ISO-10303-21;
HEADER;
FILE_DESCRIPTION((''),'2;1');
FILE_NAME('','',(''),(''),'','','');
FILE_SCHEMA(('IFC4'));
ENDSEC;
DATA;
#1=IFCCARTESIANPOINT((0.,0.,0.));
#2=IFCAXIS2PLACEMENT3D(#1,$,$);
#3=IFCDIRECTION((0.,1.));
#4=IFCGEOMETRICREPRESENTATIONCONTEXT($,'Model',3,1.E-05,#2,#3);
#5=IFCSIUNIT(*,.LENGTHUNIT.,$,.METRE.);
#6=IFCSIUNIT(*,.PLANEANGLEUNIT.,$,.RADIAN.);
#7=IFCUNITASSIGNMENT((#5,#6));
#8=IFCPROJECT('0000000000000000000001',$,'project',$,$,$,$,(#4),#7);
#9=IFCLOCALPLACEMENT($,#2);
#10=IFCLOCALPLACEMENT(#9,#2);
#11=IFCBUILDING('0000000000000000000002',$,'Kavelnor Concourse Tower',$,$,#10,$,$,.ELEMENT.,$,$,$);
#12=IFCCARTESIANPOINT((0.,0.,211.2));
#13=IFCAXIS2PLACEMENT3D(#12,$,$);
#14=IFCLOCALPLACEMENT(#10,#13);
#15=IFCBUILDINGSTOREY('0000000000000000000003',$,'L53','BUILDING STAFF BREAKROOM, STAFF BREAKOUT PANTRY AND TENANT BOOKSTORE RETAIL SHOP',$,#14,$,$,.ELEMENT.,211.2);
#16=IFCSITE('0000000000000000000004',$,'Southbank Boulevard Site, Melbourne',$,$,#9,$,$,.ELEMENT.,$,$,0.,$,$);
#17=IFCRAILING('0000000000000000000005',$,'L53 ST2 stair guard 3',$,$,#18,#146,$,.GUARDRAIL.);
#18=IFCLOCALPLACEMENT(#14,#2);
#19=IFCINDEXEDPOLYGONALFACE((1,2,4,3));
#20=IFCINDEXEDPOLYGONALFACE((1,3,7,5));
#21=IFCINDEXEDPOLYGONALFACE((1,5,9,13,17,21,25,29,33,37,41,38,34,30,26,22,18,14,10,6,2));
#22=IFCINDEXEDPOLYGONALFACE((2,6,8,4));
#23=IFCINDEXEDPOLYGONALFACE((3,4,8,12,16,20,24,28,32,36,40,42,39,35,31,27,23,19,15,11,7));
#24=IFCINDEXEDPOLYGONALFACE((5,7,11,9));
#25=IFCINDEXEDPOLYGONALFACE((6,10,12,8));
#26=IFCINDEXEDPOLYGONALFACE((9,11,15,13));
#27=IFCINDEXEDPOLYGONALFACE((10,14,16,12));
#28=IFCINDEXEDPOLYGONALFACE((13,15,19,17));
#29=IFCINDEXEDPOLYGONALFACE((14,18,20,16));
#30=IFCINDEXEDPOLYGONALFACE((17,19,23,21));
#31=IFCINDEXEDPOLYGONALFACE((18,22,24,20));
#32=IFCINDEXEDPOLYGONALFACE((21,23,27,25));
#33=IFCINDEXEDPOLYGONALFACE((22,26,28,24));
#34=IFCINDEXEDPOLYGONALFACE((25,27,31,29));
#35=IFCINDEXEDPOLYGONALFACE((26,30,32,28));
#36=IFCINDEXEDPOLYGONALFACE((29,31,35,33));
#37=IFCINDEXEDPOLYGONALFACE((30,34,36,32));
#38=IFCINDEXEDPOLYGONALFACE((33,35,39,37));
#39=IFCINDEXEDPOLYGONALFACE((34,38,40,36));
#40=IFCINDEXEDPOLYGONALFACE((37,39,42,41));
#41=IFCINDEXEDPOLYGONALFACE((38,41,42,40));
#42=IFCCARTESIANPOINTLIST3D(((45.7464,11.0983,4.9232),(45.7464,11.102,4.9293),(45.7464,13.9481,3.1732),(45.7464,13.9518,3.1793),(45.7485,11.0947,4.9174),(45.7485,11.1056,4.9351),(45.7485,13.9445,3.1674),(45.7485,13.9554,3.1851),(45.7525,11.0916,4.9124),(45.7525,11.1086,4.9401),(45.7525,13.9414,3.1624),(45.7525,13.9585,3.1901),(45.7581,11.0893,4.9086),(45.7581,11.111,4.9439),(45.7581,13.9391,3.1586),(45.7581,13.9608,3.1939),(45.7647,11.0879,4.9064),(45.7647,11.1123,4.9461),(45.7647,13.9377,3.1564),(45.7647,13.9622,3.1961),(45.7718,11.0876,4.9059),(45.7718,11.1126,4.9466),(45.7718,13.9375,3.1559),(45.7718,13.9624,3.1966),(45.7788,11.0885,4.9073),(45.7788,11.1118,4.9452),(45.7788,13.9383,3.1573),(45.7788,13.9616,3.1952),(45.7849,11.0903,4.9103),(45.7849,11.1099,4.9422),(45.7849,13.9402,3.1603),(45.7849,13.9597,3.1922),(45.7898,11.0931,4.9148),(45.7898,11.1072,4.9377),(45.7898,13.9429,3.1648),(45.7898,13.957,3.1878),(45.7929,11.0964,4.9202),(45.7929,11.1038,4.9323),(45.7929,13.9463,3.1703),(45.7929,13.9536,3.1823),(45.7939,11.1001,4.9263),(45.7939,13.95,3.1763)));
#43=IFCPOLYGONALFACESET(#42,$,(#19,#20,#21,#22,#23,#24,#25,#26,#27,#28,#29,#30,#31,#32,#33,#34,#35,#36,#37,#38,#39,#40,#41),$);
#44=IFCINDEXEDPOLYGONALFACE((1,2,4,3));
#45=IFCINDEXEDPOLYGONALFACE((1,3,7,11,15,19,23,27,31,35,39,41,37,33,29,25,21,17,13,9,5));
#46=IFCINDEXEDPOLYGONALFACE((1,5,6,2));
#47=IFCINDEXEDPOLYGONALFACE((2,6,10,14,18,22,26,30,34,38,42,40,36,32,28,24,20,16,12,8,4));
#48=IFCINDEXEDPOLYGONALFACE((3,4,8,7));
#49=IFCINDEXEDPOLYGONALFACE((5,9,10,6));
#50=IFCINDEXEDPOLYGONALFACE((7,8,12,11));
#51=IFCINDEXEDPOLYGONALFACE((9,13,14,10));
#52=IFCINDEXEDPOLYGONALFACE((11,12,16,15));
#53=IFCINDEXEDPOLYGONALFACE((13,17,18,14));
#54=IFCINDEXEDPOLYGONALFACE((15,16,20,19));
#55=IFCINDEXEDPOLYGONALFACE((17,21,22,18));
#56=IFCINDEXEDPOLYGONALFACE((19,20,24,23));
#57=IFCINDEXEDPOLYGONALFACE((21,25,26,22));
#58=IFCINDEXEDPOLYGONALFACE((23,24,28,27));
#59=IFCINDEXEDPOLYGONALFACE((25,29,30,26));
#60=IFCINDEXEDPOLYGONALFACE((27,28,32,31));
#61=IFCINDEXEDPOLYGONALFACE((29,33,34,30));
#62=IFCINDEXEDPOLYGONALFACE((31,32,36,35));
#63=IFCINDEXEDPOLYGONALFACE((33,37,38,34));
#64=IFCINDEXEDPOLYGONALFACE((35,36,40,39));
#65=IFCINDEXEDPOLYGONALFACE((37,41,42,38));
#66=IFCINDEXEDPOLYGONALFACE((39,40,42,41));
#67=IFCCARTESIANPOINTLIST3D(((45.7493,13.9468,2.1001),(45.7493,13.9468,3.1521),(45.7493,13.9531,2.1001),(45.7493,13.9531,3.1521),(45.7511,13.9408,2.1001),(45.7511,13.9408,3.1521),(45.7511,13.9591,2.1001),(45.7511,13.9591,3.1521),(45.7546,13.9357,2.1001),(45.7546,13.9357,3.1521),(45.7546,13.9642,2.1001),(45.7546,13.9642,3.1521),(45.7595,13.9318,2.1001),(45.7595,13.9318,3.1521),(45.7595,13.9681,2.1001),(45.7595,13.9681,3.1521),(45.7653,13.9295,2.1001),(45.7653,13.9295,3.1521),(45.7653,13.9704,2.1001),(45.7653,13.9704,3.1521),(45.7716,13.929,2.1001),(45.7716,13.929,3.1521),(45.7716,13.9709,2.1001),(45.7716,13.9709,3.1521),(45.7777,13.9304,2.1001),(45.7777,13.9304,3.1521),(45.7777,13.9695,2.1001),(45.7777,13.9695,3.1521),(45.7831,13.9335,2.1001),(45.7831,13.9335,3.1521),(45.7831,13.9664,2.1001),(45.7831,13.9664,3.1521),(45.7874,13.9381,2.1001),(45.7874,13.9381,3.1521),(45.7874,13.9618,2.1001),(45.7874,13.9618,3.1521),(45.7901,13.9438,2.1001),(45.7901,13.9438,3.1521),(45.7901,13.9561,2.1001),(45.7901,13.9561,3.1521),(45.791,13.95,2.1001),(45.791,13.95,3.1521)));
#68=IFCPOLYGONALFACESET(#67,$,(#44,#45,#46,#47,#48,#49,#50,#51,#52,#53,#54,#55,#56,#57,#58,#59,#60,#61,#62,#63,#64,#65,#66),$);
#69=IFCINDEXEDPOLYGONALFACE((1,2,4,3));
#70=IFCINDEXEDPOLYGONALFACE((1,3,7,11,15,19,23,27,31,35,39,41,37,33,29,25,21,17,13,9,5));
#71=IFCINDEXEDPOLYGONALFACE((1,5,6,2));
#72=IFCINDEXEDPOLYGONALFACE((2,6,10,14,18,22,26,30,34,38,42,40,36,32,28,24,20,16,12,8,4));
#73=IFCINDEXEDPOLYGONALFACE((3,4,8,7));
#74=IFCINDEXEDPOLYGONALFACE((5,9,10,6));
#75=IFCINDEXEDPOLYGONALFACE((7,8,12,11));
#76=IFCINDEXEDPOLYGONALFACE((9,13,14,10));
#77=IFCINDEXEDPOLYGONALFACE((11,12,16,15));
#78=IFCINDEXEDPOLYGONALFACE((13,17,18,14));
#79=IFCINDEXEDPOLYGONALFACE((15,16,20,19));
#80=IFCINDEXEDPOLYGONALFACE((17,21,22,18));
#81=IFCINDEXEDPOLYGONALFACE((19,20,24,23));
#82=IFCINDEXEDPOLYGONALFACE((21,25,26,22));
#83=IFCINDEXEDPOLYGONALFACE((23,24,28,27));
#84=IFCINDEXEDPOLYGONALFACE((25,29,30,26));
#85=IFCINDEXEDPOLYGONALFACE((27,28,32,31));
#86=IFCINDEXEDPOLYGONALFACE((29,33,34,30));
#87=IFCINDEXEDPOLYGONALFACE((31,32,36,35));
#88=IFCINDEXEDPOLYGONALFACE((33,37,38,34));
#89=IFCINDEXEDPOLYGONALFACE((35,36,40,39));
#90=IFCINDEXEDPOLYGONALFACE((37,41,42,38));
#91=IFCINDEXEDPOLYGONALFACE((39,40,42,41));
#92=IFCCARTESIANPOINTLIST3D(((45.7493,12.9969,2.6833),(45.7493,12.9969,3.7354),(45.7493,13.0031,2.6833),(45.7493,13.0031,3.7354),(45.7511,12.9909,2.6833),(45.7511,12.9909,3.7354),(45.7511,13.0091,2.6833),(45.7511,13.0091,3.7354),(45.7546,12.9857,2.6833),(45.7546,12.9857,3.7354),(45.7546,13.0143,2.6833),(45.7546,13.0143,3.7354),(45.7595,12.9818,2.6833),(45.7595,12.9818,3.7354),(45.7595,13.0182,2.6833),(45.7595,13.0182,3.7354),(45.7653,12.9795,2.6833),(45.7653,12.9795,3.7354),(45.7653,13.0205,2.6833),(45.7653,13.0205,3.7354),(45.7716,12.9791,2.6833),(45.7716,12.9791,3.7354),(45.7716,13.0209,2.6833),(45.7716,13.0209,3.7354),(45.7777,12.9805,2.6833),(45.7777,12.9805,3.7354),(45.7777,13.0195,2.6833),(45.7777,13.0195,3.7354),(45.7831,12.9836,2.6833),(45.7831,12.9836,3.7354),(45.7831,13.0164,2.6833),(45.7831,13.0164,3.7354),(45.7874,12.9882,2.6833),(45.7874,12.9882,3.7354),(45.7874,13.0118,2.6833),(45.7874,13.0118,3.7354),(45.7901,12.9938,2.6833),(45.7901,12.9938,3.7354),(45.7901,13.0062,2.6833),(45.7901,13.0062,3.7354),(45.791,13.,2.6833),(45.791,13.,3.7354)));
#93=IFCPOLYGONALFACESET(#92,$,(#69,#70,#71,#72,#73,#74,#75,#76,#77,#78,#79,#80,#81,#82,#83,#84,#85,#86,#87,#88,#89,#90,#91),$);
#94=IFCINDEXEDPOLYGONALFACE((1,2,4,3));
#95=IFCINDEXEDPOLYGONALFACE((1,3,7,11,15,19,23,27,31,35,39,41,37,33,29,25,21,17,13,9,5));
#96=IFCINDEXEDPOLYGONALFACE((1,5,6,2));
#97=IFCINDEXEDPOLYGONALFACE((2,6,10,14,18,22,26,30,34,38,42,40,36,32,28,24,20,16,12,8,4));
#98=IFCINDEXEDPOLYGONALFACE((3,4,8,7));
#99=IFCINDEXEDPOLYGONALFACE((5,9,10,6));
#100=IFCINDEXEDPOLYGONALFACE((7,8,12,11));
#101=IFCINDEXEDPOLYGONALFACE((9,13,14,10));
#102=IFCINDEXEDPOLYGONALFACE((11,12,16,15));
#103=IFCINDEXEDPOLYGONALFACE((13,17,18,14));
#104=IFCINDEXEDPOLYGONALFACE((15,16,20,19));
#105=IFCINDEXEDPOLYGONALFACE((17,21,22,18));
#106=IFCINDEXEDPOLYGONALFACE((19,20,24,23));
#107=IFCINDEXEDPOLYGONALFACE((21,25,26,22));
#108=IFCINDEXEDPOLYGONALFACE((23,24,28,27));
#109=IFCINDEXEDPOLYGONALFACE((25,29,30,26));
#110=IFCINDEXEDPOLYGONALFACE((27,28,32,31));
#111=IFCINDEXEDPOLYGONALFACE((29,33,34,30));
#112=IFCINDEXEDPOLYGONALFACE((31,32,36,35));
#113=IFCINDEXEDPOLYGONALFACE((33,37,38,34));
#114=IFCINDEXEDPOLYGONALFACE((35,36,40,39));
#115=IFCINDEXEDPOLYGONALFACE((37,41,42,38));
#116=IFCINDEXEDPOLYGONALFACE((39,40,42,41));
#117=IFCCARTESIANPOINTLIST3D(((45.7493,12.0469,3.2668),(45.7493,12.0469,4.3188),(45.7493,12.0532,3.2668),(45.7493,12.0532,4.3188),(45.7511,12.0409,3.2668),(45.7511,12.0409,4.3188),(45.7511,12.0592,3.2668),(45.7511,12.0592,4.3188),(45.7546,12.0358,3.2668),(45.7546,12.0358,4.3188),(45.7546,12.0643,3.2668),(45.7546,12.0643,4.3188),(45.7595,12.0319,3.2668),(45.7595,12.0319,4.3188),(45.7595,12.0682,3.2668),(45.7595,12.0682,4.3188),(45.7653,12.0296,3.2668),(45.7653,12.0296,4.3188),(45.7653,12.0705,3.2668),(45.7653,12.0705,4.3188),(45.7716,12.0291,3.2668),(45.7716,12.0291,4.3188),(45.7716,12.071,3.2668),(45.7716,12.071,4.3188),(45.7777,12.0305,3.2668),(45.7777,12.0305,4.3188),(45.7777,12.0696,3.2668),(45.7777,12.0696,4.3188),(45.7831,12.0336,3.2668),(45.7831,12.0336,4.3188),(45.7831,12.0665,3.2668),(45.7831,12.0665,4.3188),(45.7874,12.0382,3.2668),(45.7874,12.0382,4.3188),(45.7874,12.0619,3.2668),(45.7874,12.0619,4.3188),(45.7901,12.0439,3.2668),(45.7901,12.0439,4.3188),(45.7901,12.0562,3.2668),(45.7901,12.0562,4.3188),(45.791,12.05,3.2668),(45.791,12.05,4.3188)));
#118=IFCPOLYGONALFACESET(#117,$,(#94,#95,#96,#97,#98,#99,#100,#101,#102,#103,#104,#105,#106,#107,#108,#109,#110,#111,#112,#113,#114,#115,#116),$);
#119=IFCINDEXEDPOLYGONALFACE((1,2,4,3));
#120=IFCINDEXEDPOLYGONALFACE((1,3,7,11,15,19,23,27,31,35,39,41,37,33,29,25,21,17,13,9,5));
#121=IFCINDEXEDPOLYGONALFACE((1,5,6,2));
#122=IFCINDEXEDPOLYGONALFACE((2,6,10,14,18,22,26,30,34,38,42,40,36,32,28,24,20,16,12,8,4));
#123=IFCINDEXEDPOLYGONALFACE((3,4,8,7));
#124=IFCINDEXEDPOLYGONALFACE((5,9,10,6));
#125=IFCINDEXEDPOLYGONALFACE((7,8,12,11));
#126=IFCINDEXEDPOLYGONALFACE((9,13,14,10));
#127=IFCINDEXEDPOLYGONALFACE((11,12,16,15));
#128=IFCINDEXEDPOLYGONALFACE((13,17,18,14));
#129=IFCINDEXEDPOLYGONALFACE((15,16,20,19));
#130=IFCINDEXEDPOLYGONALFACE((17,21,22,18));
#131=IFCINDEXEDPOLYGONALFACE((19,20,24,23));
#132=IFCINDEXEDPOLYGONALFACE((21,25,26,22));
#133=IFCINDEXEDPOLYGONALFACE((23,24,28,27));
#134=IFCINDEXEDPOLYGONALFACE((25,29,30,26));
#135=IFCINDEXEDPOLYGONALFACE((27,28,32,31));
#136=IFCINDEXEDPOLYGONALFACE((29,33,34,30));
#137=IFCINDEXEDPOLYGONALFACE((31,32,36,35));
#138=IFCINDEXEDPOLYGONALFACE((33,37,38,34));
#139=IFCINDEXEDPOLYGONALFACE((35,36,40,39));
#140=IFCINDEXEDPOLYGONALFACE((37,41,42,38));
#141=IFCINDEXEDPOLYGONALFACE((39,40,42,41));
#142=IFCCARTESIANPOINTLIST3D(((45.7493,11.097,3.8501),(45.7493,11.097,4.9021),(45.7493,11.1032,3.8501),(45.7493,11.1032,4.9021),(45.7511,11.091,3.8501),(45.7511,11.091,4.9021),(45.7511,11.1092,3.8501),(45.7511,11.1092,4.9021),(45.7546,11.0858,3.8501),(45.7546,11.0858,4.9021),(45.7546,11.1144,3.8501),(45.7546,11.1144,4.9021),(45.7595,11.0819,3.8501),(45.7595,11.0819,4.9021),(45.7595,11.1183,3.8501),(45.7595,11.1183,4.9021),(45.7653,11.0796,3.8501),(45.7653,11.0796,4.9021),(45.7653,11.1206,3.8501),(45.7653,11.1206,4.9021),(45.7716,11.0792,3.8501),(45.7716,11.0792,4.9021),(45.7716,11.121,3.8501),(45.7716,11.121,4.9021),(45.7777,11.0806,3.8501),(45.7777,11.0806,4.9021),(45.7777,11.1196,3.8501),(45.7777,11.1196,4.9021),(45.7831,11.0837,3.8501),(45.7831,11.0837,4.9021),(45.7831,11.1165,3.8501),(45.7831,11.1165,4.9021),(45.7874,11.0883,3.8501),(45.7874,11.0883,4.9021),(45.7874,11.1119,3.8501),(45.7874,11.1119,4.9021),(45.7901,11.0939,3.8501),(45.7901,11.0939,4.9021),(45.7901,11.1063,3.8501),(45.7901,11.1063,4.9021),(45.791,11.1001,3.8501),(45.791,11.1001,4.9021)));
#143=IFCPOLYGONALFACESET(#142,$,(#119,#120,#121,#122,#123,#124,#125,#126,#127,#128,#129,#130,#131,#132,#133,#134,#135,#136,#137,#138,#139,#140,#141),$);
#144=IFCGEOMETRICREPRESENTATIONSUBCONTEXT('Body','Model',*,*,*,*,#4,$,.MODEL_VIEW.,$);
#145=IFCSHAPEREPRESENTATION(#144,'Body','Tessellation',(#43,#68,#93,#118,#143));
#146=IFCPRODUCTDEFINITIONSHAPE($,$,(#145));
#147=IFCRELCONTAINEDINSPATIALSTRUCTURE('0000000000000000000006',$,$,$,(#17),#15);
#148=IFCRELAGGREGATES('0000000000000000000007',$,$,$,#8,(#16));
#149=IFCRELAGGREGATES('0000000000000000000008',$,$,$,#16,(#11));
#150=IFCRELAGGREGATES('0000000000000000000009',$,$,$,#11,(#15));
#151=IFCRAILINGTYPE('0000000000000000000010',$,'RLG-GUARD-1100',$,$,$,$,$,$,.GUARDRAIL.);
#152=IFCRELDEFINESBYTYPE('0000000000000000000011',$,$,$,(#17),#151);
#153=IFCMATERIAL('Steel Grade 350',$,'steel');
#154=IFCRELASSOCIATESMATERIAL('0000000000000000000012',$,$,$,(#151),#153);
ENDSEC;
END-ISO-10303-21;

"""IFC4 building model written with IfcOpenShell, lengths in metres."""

from ifc_helpers import new_model, si_unit, direction, frame, origin, origin_2d, place, context, subcontext, project, spatial, circle, extrude, material, type_object, element, save


model = new_model("IFC4")

# Units and contexts
model_context = context("Model", 3, precision=1e-05, world=origin(), true_north=direction((0.0, 1.0)))
body_context = subcontext(model_context, "Body", "Model", "MODEL_VIEW")
ifc_project = project(units=[si_unit("LENGTHUNIT", "METRE"), si_unit("PLANEANGLEUNIT", "RADIAN")], contexts=[model_context])

# Site, building, storey
site_placement = place(None, origin())
site = spatial("IfcSite", under=ifc_project, at=site_placement, Name="Southbank Boulevard Site, Melbourne", CompositionType="ELEMENT", RefElevation=0.0)
building_placement = place(site_placement, origin())
building = spatial("IfcBuilding", under=site, at=building_placement, Name="Kavelnor Concourse Tower", CompositionType="ELEMENT")
storey_placement = place(building_placement, frame((0.0, 0.0, 211.2)))
storey = spatial("IfcBuildingStorey", under=building, at=storey_placement, Name="L53", Description="BUILDING STAFF BREAKROOM, STAFF BREAKOUT PANTRY AND TENANT BOOKSTORE RETAIL SHOP", CompositionType="ELEMENT", Elevation=211.2)

# Shared definitions
ifc_material_1 = material(Name="Steel Grade 350", Category="steel")

# Railing
railing_type_1 = type_object("IfcRailingType", Name="RLG-GUARD-1100", PredefinedType="GUARDRAIL", material=ifc_material_1)
railing_1_placement = place(storey_placement, frame((45.77, 13.95, 2.1001)))
element("IfcRailing", 1, at=railing_1_placement, inside=storey, type_object=railing_type_1, Name="L53 ST2 stair guard 3", PredefinedType="GUARDRAIL", context=body_context, shape_type="SweptSolid", body=[
    extrude(circle(Radius=0.0239, at=origin_2d()), frame((0.0, 0.0, 1.0762), z_axis=(0.0, -0.852159, 0.523283), x_axis=(1.0, 0.0, 0.0)), (0.0, 0.0, 1.0), 3.3442),
    extrude(circle(Radius=0.021, at=origin_2d()), origin(), (0.0, 0.0, 1.0), 1.052),
    extrude(circle(Radius=0.021, at=origin_2d()), frame((0.0, -0.95, 0.5833)), (0.0, 0.0, 1.0), 1.052),
    extrude(circle(Radius=0.021, at=origin_2d()), frame((0.0, -1.8999, 1.1667)), (0.0, 0.0, 1.0), 1.052),
    extrude(circle(Radius=0.021, at=origin_2d()), frame((0.0, -2.8499, 1.75)), (0.0, 0.0, 1.0), 1.052),
])

save(model, "model.ifc")
